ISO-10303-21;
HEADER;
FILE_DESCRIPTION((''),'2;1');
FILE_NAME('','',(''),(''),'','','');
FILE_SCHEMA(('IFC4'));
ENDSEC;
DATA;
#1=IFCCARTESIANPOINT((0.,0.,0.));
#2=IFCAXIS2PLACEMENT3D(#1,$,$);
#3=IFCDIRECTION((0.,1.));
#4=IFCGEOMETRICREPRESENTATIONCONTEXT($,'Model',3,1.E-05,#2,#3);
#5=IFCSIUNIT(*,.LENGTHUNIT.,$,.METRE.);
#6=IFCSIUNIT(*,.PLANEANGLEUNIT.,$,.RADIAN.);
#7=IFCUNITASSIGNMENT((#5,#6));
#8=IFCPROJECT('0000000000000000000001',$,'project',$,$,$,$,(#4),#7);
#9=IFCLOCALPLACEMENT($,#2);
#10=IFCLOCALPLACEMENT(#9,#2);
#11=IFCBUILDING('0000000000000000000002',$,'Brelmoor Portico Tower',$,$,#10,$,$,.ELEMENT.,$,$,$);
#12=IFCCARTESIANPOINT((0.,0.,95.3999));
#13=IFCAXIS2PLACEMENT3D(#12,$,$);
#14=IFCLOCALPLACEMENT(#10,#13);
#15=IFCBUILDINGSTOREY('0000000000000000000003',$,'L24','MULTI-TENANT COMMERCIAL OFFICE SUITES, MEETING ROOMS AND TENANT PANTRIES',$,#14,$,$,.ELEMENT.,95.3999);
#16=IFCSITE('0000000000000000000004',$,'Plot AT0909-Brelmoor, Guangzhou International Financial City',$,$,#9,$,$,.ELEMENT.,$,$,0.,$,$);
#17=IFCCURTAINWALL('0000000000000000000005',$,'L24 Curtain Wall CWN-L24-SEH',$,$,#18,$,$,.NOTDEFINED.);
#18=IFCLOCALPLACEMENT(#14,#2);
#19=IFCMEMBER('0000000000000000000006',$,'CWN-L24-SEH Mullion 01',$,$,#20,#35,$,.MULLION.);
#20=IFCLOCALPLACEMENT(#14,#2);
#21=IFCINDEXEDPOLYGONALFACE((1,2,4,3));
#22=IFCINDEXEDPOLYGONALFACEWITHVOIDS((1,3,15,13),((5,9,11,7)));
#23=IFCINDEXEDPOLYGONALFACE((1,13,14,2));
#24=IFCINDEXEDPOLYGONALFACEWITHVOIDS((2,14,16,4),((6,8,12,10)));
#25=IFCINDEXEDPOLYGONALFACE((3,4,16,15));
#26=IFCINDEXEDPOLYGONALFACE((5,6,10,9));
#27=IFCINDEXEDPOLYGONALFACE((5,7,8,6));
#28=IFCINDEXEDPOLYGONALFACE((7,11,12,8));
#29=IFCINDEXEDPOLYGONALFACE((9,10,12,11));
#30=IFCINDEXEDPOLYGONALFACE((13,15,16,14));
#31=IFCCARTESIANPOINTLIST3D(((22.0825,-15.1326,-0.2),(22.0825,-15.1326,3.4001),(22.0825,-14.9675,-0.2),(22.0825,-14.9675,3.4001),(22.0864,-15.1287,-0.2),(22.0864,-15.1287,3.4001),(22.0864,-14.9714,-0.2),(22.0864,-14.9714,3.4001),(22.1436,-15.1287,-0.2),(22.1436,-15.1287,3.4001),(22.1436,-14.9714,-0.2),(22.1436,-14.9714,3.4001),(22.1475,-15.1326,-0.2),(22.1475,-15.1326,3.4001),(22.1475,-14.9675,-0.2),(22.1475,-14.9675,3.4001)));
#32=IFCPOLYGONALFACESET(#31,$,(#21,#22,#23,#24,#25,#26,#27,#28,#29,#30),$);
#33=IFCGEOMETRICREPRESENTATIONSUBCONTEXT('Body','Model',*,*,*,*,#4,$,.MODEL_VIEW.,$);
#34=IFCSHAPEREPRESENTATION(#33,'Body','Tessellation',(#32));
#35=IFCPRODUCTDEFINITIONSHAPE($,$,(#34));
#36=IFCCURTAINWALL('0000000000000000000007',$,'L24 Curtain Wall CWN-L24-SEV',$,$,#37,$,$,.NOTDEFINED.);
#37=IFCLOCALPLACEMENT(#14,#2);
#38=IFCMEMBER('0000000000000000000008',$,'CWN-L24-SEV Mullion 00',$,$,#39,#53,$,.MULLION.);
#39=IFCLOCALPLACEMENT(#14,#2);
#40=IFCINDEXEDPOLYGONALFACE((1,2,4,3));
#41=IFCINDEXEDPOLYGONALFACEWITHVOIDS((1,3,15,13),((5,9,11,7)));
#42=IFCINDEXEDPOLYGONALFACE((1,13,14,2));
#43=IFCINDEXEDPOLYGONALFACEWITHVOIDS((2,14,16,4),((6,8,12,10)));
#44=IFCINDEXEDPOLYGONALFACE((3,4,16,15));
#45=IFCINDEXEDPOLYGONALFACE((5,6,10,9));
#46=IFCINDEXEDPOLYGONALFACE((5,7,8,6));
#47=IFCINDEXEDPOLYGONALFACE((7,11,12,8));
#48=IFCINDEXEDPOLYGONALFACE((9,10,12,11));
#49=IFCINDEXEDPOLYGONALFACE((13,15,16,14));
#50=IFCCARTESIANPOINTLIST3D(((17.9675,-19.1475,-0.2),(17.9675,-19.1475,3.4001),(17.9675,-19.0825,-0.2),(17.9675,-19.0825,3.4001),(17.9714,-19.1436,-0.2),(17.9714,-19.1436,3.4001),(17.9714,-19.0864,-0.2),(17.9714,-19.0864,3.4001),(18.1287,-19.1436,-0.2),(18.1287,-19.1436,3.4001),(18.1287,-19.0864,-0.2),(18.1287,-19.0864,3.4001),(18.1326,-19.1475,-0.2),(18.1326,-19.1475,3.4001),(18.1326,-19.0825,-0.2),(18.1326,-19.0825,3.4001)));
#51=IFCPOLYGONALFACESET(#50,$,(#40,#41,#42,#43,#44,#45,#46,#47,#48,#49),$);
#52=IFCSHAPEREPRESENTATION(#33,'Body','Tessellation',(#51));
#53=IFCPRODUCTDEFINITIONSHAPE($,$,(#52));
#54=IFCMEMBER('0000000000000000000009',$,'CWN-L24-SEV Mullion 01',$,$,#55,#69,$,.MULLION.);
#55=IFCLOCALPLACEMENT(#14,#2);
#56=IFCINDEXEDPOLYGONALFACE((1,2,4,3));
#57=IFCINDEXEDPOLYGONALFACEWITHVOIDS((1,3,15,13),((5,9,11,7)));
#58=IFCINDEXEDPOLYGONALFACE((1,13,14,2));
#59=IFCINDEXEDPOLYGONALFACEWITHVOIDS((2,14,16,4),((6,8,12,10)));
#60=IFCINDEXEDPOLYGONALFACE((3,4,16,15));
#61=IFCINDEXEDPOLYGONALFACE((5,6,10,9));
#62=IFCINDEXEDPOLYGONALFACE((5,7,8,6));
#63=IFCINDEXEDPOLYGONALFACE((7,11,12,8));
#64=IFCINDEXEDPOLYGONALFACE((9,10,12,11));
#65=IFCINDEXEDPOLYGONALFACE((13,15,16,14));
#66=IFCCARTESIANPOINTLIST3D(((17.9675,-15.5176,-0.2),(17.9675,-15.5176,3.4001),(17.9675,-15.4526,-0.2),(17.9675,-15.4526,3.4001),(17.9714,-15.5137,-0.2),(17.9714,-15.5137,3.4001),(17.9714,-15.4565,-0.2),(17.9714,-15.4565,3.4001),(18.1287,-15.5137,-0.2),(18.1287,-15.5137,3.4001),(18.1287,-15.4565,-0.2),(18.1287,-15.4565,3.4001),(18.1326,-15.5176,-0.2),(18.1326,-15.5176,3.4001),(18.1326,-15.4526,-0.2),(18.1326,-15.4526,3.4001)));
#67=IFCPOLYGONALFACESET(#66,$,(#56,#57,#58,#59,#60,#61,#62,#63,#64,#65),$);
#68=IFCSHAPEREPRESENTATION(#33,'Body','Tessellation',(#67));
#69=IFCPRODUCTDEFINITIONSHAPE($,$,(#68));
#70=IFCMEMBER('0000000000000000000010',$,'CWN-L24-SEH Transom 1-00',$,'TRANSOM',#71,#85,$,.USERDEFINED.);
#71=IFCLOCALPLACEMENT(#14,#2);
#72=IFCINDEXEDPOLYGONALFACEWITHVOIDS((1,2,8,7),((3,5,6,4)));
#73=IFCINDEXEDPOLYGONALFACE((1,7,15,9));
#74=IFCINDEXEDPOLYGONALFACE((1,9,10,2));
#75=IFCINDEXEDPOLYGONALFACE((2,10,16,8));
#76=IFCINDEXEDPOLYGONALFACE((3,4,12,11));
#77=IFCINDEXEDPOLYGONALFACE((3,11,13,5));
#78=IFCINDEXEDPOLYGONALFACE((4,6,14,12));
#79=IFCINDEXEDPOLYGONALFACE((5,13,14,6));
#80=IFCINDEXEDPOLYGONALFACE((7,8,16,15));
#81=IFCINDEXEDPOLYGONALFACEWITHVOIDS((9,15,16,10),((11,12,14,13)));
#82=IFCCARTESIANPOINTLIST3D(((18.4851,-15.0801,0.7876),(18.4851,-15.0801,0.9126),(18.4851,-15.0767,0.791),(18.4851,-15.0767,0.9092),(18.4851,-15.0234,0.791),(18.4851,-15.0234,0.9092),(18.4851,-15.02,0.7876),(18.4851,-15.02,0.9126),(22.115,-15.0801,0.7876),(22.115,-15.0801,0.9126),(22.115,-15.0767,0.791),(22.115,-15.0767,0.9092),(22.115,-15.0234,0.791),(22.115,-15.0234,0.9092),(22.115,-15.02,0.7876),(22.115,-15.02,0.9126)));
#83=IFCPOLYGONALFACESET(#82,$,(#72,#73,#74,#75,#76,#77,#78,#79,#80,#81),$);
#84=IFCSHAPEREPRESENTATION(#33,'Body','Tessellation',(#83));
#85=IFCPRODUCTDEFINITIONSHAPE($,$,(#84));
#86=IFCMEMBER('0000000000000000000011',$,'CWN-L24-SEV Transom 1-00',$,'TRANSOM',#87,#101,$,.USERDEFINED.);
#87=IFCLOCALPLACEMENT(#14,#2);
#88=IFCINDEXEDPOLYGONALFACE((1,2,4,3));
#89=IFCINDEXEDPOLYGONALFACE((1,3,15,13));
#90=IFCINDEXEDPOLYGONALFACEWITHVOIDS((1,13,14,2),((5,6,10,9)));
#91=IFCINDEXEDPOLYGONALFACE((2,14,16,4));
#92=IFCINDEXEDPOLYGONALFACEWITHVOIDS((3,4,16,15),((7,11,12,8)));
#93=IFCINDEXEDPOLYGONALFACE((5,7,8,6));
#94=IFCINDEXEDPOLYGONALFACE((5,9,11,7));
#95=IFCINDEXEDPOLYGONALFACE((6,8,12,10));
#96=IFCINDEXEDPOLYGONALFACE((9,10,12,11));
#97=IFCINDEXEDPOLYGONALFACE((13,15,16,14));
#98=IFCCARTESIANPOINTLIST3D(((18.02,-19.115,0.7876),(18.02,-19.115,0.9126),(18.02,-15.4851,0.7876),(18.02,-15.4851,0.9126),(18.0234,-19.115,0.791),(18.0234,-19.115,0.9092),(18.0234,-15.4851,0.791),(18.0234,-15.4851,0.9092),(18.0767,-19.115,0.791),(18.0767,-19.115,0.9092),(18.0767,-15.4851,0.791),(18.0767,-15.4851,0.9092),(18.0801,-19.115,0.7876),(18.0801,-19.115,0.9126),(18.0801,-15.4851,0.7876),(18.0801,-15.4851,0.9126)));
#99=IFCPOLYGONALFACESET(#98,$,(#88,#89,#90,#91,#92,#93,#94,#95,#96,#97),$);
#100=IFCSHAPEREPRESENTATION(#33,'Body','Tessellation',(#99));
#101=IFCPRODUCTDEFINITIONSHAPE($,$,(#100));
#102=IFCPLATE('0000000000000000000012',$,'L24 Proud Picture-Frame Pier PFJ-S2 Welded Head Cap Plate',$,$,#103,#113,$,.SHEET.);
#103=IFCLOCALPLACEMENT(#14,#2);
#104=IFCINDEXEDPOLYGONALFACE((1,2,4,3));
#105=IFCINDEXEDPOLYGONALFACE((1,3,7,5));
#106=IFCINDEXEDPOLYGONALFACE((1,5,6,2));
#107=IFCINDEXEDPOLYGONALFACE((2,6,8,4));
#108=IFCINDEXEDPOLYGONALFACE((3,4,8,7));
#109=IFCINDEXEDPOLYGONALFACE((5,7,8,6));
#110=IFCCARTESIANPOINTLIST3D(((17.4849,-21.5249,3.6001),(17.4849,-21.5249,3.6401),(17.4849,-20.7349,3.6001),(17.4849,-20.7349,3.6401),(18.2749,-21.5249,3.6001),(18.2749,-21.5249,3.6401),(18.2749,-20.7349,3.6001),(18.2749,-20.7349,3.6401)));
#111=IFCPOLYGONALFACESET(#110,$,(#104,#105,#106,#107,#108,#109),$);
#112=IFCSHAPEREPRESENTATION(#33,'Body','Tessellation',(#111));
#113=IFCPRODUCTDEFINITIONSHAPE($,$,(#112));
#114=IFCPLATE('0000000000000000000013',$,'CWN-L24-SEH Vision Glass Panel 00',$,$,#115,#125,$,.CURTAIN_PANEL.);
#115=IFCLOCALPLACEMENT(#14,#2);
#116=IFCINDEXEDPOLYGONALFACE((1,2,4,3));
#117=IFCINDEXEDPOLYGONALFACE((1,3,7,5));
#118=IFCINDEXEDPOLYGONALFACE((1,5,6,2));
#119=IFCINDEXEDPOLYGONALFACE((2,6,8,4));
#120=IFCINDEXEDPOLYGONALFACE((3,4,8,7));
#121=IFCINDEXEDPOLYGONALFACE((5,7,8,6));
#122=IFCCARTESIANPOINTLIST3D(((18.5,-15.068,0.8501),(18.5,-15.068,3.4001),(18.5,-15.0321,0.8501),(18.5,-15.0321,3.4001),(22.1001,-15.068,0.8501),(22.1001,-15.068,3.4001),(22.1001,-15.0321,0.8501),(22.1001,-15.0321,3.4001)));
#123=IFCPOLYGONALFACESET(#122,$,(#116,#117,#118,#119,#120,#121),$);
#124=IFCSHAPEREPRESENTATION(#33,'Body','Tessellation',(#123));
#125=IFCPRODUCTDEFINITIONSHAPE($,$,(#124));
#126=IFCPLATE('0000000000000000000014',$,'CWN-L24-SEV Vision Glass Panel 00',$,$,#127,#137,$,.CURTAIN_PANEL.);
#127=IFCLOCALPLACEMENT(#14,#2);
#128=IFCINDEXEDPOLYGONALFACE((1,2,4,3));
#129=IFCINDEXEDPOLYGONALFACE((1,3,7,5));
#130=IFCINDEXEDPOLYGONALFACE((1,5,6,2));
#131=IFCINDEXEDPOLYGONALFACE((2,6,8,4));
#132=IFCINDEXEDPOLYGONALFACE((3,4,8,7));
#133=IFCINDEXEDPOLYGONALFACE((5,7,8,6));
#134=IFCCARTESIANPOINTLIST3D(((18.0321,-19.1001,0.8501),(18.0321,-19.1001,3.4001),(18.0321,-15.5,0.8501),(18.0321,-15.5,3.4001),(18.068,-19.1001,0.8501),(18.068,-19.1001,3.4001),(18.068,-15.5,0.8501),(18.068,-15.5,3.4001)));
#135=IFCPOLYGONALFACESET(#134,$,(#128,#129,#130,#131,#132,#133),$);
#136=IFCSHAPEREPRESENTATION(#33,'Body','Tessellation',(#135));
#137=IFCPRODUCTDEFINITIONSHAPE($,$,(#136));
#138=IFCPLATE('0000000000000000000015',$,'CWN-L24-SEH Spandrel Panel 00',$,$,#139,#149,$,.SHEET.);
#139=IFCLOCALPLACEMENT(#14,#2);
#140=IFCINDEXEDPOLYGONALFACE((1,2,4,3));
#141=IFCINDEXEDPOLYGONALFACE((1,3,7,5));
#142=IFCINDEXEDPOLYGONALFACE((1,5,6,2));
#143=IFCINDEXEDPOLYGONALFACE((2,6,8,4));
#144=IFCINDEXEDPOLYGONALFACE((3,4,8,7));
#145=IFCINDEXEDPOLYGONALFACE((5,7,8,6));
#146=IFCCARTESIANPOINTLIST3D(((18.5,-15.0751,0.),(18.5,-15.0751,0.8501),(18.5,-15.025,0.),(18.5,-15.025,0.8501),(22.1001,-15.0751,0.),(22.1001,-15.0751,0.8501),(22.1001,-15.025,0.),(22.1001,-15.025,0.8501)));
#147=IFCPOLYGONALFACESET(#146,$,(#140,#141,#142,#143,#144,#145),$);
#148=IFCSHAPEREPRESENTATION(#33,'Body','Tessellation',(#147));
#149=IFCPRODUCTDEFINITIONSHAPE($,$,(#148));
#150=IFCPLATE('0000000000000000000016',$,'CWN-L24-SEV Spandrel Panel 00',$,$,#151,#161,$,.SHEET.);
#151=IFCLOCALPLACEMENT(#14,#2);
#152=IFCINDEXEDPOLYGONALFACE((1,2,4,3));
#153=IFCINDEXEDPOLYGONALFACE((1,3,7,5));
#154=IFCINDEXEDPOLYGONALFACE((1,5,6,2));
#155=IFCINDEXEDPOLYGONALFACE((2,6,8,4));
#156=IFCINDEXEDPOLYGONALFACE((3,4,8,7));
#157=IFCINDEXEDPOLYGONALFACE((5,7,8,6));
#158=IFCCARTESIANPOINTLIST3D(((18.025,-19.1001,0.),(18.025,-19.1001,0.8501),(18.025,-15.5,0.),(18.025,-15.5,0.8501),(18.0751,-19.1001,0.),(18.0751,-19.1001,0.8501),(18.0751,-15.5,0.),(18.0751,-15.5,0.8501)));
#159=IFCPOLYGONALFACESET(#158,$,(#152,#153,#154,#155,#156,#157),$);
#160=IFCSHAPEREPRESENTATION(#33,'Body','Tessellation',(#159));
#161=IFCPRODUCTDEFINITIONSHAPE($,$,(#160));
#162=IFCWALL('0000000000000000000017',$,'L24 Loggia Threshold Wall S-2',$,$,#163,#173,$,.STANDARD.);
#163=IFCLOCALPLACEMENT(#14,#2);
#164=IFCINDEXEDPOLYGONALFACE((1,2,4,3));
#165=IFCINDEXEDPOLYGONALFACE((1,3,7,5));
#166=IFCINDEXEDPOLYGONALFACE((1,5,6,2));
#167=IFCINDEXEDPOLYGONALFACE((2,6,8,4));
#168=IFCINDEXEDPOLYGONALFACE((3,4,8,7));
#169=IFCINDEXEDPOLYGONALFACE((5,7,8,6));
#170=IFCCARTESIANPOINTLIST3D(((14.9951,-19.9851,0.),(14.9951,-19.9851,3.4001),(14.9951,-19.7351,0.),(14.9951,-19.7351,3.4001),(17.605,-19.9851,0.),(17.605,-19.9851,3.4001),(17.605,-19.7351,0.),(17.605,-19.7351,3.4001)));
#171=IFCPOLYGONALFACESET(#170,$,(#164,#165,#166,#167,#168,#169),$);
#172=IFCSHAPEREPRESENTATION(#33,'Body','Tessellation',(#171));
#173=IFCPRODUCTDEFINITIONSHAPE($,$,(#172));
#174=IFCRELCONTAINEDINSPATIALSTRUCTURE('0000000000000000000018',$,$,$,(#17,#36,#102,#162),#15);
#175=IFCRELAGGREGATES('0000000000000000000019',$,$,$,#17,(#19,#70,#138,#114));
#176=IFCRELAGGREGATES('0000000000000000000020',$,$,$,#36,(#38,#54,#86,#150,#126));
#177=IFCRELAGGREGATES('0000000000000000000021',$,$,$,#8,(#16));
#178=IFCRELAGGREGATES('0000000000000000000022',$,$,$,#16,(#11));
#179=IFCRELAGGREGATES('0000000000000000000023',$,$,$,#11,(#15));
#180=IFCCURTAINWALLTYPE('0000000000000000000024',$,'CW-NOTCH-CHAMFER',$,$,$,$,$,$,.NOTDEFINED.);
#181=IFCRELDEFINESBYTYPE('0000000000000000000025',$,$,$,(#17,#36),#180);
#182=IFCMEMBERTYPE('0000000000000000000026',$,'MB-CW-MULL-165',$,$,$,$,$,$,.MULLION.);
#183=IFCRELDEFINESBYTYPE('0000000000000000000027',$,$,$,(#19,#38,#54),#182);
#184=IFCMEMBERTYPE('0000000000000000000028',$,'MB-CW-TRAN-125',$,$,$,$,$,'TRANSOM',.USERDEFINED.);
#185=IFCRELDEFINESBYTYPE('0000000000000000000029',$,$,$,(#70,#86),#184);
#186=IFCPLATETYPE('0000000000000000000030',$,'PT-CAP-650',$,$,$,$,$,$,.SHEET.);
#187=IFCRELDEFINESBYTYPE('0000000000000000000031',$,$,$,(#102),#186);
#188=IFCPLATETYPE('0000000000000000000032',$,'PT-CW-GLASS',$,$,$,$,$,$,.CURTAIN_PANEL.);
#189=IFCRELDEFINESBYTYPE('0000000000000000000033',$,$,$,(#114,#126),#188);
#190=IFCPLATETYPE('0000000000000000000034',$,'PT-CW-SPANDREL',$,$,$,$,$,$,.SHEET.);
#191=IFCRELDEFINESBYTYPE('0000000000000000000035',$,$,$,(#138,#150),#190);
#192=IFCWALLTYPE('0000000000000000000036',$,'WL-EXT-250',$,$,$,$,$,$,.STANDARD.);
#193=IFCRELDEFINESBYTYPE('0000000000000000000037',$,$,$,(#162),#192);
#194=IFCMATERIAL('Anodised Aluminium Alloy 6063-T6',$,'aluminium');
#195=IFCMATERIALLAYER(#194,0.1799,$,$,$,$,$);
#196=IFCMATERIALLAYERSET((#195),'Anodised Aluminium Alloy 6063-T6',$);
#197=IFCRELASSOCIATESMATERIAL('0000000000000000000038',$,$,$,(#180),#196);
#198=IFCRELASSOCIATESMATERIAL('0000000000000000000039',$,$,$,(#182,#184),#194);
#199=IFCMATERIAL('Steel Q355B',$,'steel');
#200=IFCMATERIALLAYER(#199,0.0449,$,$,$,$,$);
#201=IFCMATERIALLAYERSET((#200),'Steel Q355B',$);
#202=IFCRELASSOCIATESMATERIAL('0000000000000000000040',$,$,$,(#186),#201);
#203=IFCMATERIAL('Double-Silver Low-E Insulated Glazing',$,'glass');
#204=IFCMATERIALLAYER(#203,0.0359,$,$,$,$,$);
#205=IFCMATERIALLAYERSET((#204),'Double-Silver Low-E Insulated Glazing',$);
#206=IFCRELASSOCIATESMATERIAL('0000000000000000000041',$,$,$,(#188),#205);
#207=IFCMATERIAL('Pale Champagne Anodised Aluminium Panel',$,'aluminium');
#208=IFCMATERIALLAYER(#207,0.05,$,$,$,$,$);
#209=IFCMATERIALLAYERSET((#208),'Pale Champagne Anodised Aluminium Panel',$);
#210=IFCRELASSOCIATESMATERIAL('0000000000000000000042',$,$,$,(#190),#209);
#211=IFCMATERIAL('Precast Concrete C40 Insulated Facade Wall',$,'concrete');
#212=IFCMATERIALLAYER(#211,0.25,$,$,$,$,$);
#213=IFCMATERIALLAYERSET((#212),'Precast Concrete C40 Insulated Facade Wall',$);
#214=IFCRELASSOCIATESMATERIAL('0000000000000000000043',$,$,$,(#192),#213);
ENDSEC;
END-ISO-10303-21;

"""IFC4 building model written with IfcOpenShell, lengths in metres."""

from ifc_helpers import new_model, si_unit, direction, frame, frame_2d, origin, origin_2d, place, context, subcontext, project, spatial, rectangle, hollow_rectangle, extrude, material, layer, layer_set, material_profile, profile_set, type_object, element, aggregate, save


model = new_model("IFC4")

# Units and contexts
model_context = context("Model", 3, precision=1e-05, world=origin(), true_north=direction((0.0, 1.0)))
body_context = subcontext(model_context, "Body", "Model", "MODEL_VIEW")
ifc_project = project(units=[si_unit("LENGTHUNIT", "METRE"), si_unit("PLANEANGLEUNIT", "RADIAN")], contexts=[model_context])

# Site, building, storey
site_placement = place(None, origin())
site = spatial("IfcSite", under=ifc_project, at=site_placement, Name="Plot AT0909-Brelmoor, Guangzhou International Financial City", CompositionType="ELEMENT", RefElevation=0.0)
building_placement = place(site_placement, origin())
building = spatial("IfcBuilding", under=site, at=building_placement, Name="Brelmoor Portico Tower", CompositionType="ELEMENT")
storey_placement = place(building_placement, frame((0.0, 0.0, 95.3999)))
storey = spatial("IfcBuildingStorey", under=building, at=storey_placement, Name="L24", Description="MULTI-TENANT COMMERCIAL OFFICE SUITES, MEETING ROOMS AND TENANT PANTRIES", CompositionType="ELEMENT", Elevation=95.3999)

# Shared definitions
ifc_material_1 = material(Name="Steel Q355B", Category="steel")

# Curtain walls, members
ifc_material_2 = material(Name="Anodised Aluminium Alloy 6063-T6", Category="aluminium")
ifc_layer_1 = layer(ifc_material_2, 0.1799)
ifc_layer_set_1 = layer_set([ifc_layer_1], Name="Anodised Aluminium Alloy 6063-T6")
curtain_wall_type = type_object("IfcCurtainWallType", Name="CW-NOTCH-CHAMFER", PredefinedType="NOTDEFINED", material=ifc_layer_set_1)
curtain_wall_1_placement = place(storey_placement, origin())
curtain_wall_1 = element("IfcCurtainWall", 1, at=curtain_wall_1_placement, inside=storey, type_object=curtain_wall_type, Name="L24 Curtain Wall CWN-L24-SEH", PredefinedType="NOTDEFINED")
ifc_material_profile_1 = material_profile(ifc_material_2, hollow_rectangle(XDim=0.0649, YDim=0.165, WallThickness=0.0039, at=origin_2d()), Name="ALU MULLION 65x165")
ifc_profile_set_1 = profile_set([ifc_material_profile_1], Name="Anodised Aluminium Alloy 6063-T6")
member_type_1 = type_object("IfcMemberType", Name="MB-CW-MULL-165", PredefinedType="MULLION", material=ifc_profile_set_1)
member_1_placement = place(storey_placement, frame((22.115, -15.05, -0.2), z_axis=(0.0, 0.0, 1.0), x_axis=(1.0, 0.0, 0.0)))
member_1 = element("IfcMember", 2, at=member_1_placement, type_object=member_type_1, Name="CWN-L24-SEH Mullion 01", PredefinedType="MULLION", context=body_context, shape_type="SweptSolid", body=[
    extrude(hollow_rectangle(XDim=0.0649, YDim=0.165, WallThickness=0.0039, at=origin_2d()), origin(), (0.0, 0.0, 1.0), 3.6001),
])
curtain_wall_2_placement = place(storey_placement, origin())
curtain_wall_2 = element("IfcCurtainWall", 3, at=curtain_wall_2_placement, inside=storey, type_object=curtain_wall_type, Name="L24 Curtain Wall CWN-L24-SEV", PredefinedType="NOTDEFINED")
member_2_placement = place(storey_placement, frame((18.05, -19.115, -0.2), z_axis=(0.0, 0.0, 1.0), x_axis=(0.0, 1.0, 0.0)))
member_2 = element("IfcMember", 4, at=member_2_placement, type_object=member_type_1, Name="CWN-L24-SEV Mullion 00", PredefinedType="MULLION", context=body_context, shape_type="SweptSolid", body=[
    extrude(hollow_rectangle(XDim=0.0649, YDim=0.165, WallThickness=0.0039, at=origin_2d()), origin(), (0.0, 0.0, 1.0), 3.6001),
])
member_3_placement = place(storey_placement, frame((18.05, -15.4851, -0.2), z_axis=(0.0, 0.0, 1.0), x_axis=(0.0, 1.0, 0.0)))
member_3 = element("IfcMember", 5, at=member_3_placement, type_object=member_type_1, Name="CWN-L24-SEV Mullion 01", PredefinedType="MULLION", context=body_context, shape_type="SweptSolid", body=[
    extrude(hollow_rectangle(XDim=0.0649, YDim=0.165, WallThickness=0.0039, at=origin_2d()), origin(), (0.0, 0.0, 1.0), 3.6001),
])

# Members
ifc_material_profile_2 = material_profile(ifc_material_2, hollow_rectangle(XDim=0.0601, YDim=0.125, WallThickness=0.0034, at=origin_2d()), Name="ALU TRANSOM 60x125")
ifc_profile_set_2 = profile_set([ifc_material_profile_2], Name="Anodised Aluminium Alloy 6063-T6")
member_type_2 = type_object("IfcMemberType", Name="MB-CW-TRAN-125", ElementType="TRANSOM", PredefinedType="USERDEFINED", material=ifc_profile_set_2)
member_4_placement = place(storey_placement, frame((18.4851, -15.05, 0.8501), z_axis=(1.0, 0.0, 0.0), x_axis=(0.0, 1.0, 0.0)))
member_4 = element("IfcMember", 6, at=member_4_placement, type_object=member_type_2, Name="CWN-L24-SEH Transom 1-00", ObjectType="TRANSOM", PredefinedType="USERDEFINED", context=body_context, shape_type="SweptSolid", body=[
    extrude(hollow_rectangle(XDim=0.0601, YDim=0.125, WallThickness=0.0034, at=origin_2d()), origin(), (0.0, 0.0, 1.0), 3.6299),
])
member_5_placement = place(storey_placement, frame((18.05, -19.115, 0.8501), z_axis=(0.0, 1.0, 0.0), x_axis=(-1.0, 0.0, 0.0)))
member_5 = element("IfcMember", 7, at=member_5_placement, type_object=member_type_2, Name="CWN-L24-SEV Transom 1-00", ObjectType="TRANSOM", PredefinedType="USERDEFINED", context=body_context, shape_type="SweptSolid", body=[
    extrude(hollow_rectangle(XDim=0.0601, YDim=0.125, WallThickness=0.0034, at=origin_2d()), origin(), (0.0, 0.0, 1.0), 3.6299),
])

# Plates
ifc_layer_2 = layer(ifc_material_1, 0.0449)
ifc_layer_set_2 = layer_set([ifc_layer_2], Name="Steel Q355B")
plate_type_1 = type_object("IfcPlateType", Name="PT-CAP-650", PredefinedType="SHEET", material=ifc_layer_set_2)
plate_1_placement = place(storey_placement, frame((17.8799, -21.1299, 3.6001), z_axis=(0.0, 0.0, 1.0), x_axis=(1.0, 0.0, 0.0)))
element("IfcPlate", 8, at=plate_1_placement, inside=storey, type_object=plate_type_1, Name="L24 Proud Picture-Frame Pier PFJ-S2 Welded Head Cap Plate", PredefinedType="SHEET", context=body_context, shape_type="SweptSolid", body=[
    extrude(rectangle(XDim=0.79, YDim=0.79, at=origin_2d()), origin(), (0.0, 0.0, 1.0), 0.04),
])
ifc_material_3 = material(Name="Double-Silver Low-E Insulated Glazing", Category="glass")
ifc_layer_3 = layer(ifc_material_3, 0.0359)
ifc_layer_set_3 = layer_set([ifc_layer_3], Name="Double-Silver Low-E Insulated Glazing")
plate_type_2 = type_object("IfcPlateType", Name="PT-CW-GLASS", PredefinedType="CURTAIN_PANEL", material=ifc_layer_set_3)
plate_2_placement = place(storey_placement, frame((20.3, -15.05, 0.8501), z_axis=(0.0, 0.0, 1.0), x_axis=(1.0, 0.0, 0.0)))
plate_2 = element("IfcPlate", 9, at=plate_2_placement, type_object=plate_type_2, Name="CWN-L24-SEH Vision Glass Panel 00", PredefinedType="CURTAIN_PANEL", context=body_context, shape_type="SweptSolid", body=[
    extrude(rectangle(XDim=3.6001, YDim=0.0359, at=origin_2d()), origin(), (0.0, 0.0, 1.0), 2.55),
])
plate_3_placement = place(storey_placement, frame((18.05, -17.3, 0.8501), z_axis=(0.0, 0.0, 1.0), x_axis=(0.0, 1.0, 0.0)))
plate_3 = element("IfcPlate", 10, at=plate_3_placement, type_object=plate_type_2, Name="CWN-L24-SEV Vision Glass Panel 00", PredefinedType="CURTAIN_PANEL", context=body_context, shape_type="SweptSolid", body=[
    extrude(rectangle(XDim=3.6001, YDim=0.0359, at=origin_2d()), origin(), (0.0, 0.0, 1.0), 2.55),
])
ifc_material_4 = material(Name="Pale Champagne Anodised Aluminium Panel", Category="aluminium")
ifc_layer_4 = layer(ifc_material_4, 0.05)
ifc_layer_set_4 = layer_set([ifc_layer_4], Name="Pale Champagne Anodised Aluminium Panel")
plate_type_3 = type_object("IfcPlateType", Name="PT-CW-SPANDREL", PredefinedType="SHEET", material=ifc_layer_set_4)
plate_4_placement = place(storey_placement, frame((20.3, -15.05, 0.0), z_axis=(0.0, 0.0, 1.0), x_axis=(1.0, 0.0, 0.0)))
plate_4 = element("IfcPlate", 11, at=plate_4_placement, type_object=plate_type_3, Name="CWN-L24-SEH Spandrel Panel 00", PredefinedType="SHEET", context=body_context, shape_type="SweptSolid", body=[
    extrude(rectangle(XDim=3.6001, YDim=0.05, at=origin_2d()), origin(), (0.0, 0.0, 1.0), 0.8501),
])
aggregate(curtain_wall_1, [member_1, member_4, plate_4, plate_2])
plate_5_placement = place(storey_placement, frame((18.05, -17.3, 0.0), z_axis=(0.0, 0.0, 1.0), x_axis=(0.0, 1.0, 0.0)))
plate_5 = element("IfcPlate", 12, at=plate_5_placement, type_object=plate_type_3, Name="CWN-L24-SEV Spandrel Panel 00", PredefinedType="SHEET", context=body_context, shape_type="SweptSolid", body=[
    extrude(rectangle(XDim=3.6001, YDim=0.05, at=origin_2d()), origin(), (0.0, 0.0, 1.0), 0.8501),
])
aggregate(curtain_wall_2, [member_2, member_3, member_5, plate_5, plate_3])

# Wall
ifc_material_5 = material(Name="Precast Concrete C40 Insulated Facade Wall", Category="concrete")
ifc_layer_5 = layer(ifc_material_5, 0.25)
ifc_layer_set_5 = layer_set([ifc_layer_5], Name="Precast Concrete C40 Insulated Facade Wall")
wall_type = type_object("IfcWallType", Name="WL-EXT-250", PredefinedType="STANDARD", material=ifc_layer_set_5)
wall_placement = place(storey_placement, frame((14.9951, -19.8601, 0.0), z_axis=(0.0, 0.0, 1.0), x_axis=(1.0, 0.0, 0.0)))
element("IfcWall", 13, at=wall_placement, inside=storey, type_object=wall_type, Name="L24 Loggia Threshold Wall S-2", PredefinedType="STANDARD", context=body_context, shape_type="SweptSolid", body=[
    extrude(rectangle(XDim=2.6099, YDim=0.25, at=frame_2d((1.3049, 0.0))), origin(), (0.0, 0.0, 1.0), 3.4001),
])

save(model, "model.ifc")
